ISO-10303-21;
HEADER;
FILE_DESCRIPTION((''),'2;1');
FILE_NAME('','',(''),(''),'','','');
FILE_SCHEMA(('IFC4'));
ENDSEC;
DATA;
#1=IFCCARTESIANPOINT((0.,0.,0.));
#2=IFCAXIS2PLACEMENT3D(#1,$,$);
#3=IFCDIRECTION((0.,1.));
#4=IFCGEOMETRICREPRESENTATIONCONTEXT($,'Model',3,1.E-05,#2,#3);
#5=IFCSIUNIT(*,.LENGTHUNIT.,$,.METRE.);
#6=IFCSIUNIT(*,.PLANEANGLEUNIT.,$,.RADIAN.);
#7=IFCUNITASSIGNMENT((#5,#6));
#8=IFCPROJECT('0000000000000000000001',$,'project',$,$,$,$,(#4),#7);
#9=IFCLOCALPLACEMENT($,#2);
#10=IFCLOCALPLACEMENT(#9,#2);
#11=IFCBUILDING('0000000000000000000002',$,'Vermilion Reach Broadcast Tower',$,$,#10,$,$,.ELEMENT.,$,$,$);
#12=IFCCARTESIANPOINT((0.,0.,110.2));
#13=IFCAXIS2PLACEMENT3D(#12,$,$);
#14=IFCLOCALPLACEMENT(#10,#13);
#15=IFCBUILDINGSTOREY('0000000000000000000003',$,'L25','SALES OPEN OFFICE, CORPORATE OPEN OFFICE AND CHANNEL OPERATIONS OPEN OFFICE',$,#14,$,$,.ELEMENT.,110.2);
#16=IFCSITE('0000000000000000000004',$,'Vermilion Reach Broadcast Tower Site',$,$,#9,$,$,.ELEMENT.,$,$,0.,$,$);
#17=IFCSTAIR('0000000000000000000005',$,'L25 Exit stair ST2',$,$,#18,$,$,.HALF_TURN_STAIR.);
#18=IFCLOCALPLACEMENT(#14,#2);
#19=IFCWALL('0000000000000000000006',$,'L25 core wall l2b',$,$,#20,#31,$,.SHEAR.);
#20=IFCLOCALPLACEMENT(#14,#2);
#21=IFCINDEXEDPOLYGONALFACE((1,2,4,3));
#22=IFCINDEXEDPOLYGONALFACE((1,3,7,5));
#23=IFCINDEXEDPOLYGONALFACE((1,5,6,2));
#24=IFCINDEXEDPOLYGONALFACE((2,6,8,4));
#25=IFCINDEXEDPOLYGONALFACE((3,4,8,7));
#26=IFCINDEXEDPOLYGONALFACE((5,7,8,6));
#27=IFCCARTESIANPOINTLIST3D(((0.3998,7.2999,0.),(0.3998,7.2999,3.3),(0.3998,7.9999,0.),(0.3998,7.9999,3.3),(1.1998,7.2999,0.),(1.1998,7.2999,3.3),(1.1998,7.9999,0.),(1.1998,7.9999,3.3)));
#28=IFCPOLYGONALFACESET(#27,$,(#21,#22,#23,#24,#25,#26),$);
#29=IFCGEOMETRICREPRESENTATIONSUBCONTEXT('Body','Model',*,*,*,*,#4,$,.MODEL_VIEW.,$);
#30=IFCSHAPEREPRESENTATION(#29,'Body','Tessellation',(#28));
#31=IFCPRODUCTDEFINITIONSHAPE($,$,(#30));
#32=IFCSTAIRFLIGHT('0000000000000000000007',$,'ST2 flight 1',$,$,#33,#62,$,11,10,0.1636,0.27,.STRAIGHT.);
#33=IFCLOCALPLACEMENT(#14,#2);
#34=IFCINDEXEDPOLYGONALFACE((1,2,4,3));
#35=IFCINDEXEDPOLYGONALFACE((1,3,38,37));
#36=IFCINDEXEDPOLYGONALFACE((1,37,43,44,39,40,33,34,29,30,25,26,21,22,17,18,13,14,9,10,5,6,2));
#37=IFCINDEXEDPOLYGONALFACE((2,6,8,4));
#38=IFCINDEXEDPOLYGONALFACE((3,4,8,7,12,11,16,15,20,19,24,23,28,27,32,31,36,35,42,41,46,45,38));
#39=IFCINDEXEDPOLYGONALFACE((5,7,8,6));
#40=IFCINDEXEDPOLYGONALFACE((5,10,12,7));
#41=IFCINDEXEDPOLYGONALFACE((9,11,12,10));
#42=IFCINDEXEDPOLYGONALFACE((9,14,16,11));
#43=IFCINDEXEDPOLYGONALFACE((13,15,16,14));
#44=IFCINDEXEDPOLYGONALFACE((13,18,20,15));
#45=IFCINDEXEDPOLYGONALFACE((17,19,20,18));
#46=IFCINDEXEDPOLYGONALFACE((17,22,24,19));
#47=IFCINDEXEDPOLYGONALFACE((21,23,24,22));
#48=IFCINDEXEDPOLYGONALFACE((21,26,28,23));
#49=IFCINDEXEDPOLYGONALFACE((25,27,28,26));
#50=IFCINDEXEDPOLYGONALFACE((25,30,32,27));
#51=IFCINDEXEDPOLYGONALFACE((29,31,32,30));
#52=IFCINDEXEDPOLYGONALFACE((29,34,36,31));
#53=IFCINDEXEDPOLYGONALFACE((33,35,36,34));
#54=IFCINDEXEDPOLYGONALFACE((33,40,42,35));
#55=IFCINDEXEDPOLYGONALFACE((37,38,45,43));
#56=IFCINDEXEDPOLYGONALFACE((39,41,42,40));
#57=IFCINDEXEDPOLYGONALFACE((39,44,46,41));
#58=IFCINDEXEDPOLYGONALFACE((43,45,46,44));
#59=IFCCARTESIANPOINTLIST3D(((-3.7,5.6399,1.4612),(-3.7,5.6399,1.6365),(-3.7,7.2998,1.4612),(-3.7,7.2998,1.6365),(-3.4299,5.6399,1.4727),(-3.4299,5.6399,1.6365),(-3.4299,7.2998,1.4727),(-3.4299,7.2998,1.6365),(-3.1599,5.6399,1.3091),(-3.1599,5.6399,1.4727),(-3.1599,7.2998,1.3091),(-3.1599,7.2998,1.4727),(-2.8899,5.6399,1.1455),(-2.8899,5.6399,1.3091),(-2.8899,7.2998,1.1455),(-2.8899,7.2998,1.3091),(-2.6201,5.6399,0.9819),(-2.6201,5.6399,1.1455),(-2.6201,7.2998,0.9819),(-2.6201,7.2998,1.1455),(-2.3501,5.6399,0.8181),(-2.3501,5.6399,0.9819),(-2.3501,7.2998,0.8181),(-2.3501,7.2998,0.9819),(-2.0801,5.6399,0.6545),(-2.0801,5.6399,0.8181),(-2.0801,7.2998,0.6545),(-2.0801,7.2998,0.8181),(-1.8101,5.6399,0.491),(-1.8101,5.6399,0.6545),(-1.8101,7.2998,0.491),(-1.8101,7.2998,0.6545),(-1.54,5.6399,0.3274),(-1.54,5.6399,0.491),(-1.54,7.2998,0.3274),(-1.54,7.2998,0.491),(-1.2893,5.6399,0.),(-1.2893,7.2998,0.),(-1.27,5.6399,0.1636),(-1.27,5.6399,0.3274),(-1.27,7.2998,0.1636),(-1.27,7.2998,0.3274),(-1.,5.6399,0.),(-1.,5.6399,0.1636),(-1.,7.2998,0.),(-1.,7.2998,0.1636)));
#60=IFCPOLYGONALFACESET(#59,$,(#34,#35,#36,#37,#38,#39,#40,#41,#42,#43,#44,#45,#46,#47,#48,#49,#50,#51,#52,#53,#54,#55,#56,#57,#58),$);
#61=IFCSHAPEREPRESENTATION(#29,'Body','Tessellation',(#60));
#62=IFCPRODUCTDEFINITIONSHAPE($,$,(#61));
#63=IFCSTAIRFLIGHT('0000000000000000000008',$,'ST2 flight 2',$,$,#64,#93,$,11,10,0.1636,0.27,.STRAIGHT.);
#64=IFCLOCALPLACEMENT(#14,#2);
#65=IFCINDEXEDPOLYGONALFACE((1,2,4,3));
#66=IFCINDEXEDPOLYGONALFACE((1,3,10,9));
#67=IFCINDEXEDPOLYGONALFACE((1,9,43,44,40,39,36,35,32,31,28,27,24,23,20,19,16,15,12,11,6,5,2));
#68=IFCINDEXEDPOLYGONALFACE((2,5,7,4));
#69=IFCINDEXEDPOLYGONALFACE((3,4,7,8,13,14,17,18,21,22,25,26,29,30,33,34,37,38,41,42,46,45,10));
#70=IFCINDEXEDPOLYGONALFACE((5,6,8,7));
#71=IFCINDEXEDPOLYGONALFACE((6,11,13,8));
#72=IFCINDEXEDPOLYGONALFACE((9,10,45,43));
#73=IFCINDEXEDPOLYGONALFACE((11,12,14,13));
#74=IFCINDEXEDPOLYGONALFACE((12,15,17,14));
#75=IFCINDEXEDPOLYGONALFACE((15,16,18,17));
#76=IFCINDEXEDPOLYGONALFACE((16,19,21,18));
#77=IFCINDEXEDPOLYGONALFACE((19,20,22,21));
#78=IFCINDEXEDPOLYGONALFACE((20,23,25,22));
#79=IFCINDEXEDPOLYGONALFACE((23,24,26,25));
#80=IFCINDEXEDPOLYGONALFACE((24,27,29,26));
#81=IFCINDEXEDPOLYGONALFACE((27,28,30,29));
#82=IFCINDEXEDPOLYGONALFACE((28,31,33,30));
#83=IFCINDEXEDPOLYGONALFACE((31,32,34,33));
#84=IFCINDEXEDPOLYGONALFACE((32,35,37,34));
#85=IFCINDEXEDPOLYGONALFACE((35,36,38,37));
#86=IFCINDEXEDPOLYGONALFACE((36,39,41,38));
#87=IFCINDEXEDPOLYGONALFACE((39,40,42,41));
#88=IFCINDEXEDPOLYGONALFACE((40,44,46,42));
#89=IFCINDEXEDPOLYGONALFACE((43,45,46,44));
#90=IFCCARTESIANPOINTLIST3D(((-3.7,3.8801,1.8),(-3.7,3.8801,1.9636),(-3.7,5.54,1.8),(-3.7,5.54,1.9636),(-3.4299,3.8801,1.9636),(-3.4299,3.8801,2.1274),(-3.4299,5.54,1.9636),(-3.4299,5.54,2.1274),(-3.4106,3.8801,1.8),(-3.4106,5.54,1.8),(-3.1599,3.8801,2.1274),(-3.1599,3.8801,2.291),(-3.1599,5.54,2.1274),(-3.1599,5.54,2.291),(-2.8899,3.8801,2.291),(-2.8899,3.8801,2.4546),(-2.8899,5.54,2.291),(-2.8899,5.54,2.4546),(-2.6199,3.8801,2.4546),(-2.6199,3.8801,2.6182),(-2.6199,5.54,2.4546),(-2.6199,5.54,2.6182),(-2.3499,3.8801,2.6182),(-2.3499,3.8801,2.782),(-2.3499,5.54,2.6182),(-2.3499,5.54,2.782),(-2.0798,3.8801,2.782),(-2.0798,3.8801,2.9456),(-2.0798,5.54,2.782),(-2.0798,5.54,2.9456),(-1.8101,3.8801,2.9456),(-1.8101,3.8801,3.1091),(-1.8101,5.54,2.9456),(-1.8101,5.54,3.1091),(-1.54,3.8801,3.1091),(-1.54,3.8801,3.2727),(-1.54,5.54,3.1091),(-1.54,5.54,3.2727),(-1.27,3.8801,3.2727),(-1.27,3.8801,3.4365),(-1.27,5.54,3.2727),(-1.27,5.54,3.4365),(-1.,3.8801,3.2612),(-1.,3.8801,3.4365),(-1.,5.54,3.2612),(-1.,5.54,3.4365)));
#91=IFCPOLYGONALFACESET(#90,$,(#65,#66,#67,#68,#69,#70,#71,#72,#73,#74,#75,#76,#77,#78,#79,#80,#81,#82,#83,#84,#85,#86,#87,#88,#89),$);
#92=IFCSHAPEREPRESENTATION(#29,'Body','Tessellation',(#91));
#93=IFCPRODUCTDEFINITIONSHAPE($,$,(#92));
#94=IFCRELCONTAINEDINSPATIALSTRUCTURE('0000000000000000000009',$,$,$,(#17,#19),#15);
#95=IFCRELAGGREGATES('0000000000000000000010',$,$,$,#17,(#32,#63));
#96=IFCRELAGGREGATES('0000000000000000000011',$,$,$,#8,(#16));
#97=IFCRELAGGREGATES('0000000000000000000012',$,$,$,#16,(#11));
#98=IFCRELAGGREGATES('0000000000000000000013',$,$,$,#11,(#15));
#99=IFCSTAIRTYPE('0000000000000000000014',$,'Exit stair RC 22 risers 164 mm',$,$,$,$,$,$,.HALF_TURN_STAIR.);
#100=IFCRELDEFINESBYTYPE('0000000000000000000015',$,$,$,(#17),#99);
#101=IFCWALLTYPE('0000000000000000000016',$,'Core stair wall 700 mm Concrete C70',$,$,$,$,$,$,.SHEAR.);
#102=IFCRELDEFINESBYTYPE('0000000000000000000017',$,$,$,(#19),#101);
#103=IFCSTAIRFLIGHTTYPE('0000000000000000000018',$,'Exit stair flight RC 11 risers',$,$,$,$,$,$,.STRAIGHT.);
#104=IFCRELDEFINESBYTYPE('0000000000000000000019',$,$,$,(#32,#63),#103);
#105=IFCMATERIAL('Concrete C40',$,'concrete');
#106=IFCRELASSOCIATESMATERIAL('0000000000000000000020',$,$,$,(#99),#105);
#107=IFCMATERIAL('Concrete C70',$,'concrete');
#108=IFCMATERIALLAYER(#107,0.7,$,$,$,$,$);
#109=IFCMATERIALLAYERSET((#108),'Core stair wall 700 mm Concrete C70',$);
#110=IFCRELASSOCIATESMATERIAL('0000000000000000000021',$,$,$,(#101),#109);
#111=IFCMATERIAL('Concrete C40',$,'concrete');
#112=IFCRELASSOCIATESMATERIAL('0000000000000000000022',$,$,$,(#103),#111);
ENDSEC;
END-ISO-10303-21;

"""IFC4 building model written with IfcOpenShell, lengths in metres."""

from ifc_helpers import new_model, si_unit, direction, frame, frame_2d, origin, place, context, subcontext, project, spatial, polyline, rectangle, outline, extrude, material, layer, layer_set, type_object, element, aggregate, save


model = new_model("IFC4")

# Units and contexts
model_context = context("Model", 3, precision=1e-05, world=origin(), true_north=direction((0.0, 1.0)))
body_context = subcontext(model_context, "Body", "Model", "MODEL_VIEW")
ifc_project = project(units=[si_unit("LENGTHUNIT", "METRE"), si_unit("PLANEANGLEUNIT", "RADIAN")], contexts=[model_context])

# Site, building, storey
site_placement = place(None, origin())
site = spatial("IfcSite", under=ifc_project, at=site_placement, Name="Vermilion Reach Broadcast Tower Site", CompositionType="ELEMENT", RefElevation=0.0)
building_placement = place(site_placement, origin())
building = spatial("IfcBuilding", under=site, at=building_placement, Name="Vermilion Reach Broadcast Tower", CompositionType="ELEMENT")
storey_placement = place(building_placement, frame((0.0, 0.0, 110.2)))
storey = spatial("IfcBuildingStorey", under=building, at=storey_placement, Name="L25", Description="SALES OPEN OFFICE, CORPORATE OPEN OFFICE AND CHANNEL OPERATIONS OPEN OFFICE", CompositionType="ELEMENT", Elevation=110.2)

# Stair
ifc_material_1 = material(Name="Concrete C40", Category="concrete")
stair_type = type_object("IfcStairType", Name="Exit stair RC 22 risers 164 mm", PredefinedType="HALF_TURN_STAIR", material=ifc_material_1)
placement_1 = place(storey_placement, origin())
stair_1 = element("IfcStair", 1, at=placement_1, inside=storey, type_object=stair_type, Name="L25 Exit stair ST2", PredefinedType="HALF_TURN_STAIR")

# Wall
ifc_material_2 = material(Name="Concrete C70", Category="concrete")
ifc_layer_1 = layer(ifc_material_2, 0.7)
ifc_layer_set_1 = layer_set([ifc_layer_1], Name="Core stair wall 700 mm Concrete C70")
wall_type_1 = type_object("IfcWallType", Name="Core stair wall 700 mm Concrete C70", PredefinedType="SHEAR", material=ifc_layer_set_1)
wall_1_placement = place(storey_placement, frame((0.3999, 7.6499, 0.0), z_axis=(0.0, 0.0, 1.0), x_axis=(1.0, 0.0, 0.0)))
element("IfcWall", 2, at=wall_1_placement, inside=storey, type_object=wall_type_1, Name="L25 core wall l2b", PredefinedType="SHEAR", context=body_context, shape_type="SweptSolid", body=[
    extrude(rectangle(XDim=0.8, YDim=0.7, at=frame_2d((0.3999, 0.0))), origin(), (0.0, 0.0, 1.0), 3.3),
])

# Stair flights
ifc_material_3 = material(Name="Concrete C40", Category="concrete")
stair_flight_type = type_object("IfcStairFlightType", Name="Exit stair flight RC 11 risers", PredefinedType="STRAIGHT", material=ifc_material_3)
stair_flight_1_placement = place(storey_placement, frame((-1.0, 6.47, 0.0), z_axis=(0.0, 0.0, 1.0), x_axis=(-1.0, 0.0, 0.0)))
stair_flight_1 = element("IfcStairFlight", 3, at=stair_flight_1_placement, type_object=stair_flight_type, Name="ST2 flight 1", NumberOfRisers=11, NumberOfTreads=10, PredefinedType="STRAIGHT", RiserHeight=0.1636, TreadLength=0.27, context=body_context, shape_type="SweptSolid", body=[
    extrude(outline(polyline([(0.0, 0.0), (0.0, 0.1636), (0.27, 0.1636), (0.27, 0.3274), (0.54, 0.3274), (0.54, 0.491), (0.8101, 0.491), (0.8101, 0.6545), (1.0801, 0.6545), (1.0801, 0.8181), (1.3501, 0.8181), (1.3501, 0.9819), (1.6201, 0.9819), (1.6201, 1.1455), (1.8899, 1.1455), (1.8899, 1.3091), (2.1599, 1.3091), (2.1599, 1.4727), (2.4299, 1.4727), (2.4299, 1.6365), (2.7, 1.6365), (2.7, 1.8), (2.7, 1.4612), (0.2893, 0.0), (0.0, 0.0)])), frame((0.0, 0.8301, 0.0), z_axis=(0.0, -1.0, 0.0), x_axis=(1.0, 0.0, 0.0)), (0.0, 0.0, 1.0), 1.6599),
])
stair_flight_2_placement = place(storey_placement, frame((-3.7, 4.71, 1.8), z_axis=(0.0, 0.0, 1.0), x_axis=(1.0, 0.0, 0.0)))
stair_flight_2 = element("IfcStairFlight", 4, at=stair_flight_2_placement, type_object=stair_flight_type, Name="ST2 flight 2", NumberOfRisers=11, NumberOfTreads=10, PredefinedType="STRAIGHT", RiserHeight=0.1636, TreadLength=0.27, context=body_context, shape_type="SweptSolid", body=[
    extrude(outline(polyline([(0.0, 0.0), (0.0, 0.1636), (0.27, 0.1636), (0.27, 0.3274), (0.54, 0.3274), (0.54, 0.491), (0.8101, 0.491), (0.8101, 0.6545), (1.0801, 0.6545), (1.0801, 0.8181), (1.3501, 0.8181), (1.3501, 0.9819), (1.6201, 0.9819), (1.6201, 1.1455), (1.8899, 1.1455), (1.8899, 1.3091), (2.1599, 1.3091), (2.1599, 1.4727), (2.4299, 1.4727), (2.4299, 1.6365), (2.7, 1.6365), (2.7, 1.8), (2.7, 1.4612), (0.2893, 0.0), (0.0, 0.0)])), frame((0.0, 0.8301, 0.0), z_axis=(0.0, -1.0, 0.0), x_axis=(1.0, 0.0, 0.0)), (0.0, 0.0, 1.0), 1.6599),
])
aggregate(stair_1, [stair_flight_1, stair_flight_2])

save(model, "model.ifc")
